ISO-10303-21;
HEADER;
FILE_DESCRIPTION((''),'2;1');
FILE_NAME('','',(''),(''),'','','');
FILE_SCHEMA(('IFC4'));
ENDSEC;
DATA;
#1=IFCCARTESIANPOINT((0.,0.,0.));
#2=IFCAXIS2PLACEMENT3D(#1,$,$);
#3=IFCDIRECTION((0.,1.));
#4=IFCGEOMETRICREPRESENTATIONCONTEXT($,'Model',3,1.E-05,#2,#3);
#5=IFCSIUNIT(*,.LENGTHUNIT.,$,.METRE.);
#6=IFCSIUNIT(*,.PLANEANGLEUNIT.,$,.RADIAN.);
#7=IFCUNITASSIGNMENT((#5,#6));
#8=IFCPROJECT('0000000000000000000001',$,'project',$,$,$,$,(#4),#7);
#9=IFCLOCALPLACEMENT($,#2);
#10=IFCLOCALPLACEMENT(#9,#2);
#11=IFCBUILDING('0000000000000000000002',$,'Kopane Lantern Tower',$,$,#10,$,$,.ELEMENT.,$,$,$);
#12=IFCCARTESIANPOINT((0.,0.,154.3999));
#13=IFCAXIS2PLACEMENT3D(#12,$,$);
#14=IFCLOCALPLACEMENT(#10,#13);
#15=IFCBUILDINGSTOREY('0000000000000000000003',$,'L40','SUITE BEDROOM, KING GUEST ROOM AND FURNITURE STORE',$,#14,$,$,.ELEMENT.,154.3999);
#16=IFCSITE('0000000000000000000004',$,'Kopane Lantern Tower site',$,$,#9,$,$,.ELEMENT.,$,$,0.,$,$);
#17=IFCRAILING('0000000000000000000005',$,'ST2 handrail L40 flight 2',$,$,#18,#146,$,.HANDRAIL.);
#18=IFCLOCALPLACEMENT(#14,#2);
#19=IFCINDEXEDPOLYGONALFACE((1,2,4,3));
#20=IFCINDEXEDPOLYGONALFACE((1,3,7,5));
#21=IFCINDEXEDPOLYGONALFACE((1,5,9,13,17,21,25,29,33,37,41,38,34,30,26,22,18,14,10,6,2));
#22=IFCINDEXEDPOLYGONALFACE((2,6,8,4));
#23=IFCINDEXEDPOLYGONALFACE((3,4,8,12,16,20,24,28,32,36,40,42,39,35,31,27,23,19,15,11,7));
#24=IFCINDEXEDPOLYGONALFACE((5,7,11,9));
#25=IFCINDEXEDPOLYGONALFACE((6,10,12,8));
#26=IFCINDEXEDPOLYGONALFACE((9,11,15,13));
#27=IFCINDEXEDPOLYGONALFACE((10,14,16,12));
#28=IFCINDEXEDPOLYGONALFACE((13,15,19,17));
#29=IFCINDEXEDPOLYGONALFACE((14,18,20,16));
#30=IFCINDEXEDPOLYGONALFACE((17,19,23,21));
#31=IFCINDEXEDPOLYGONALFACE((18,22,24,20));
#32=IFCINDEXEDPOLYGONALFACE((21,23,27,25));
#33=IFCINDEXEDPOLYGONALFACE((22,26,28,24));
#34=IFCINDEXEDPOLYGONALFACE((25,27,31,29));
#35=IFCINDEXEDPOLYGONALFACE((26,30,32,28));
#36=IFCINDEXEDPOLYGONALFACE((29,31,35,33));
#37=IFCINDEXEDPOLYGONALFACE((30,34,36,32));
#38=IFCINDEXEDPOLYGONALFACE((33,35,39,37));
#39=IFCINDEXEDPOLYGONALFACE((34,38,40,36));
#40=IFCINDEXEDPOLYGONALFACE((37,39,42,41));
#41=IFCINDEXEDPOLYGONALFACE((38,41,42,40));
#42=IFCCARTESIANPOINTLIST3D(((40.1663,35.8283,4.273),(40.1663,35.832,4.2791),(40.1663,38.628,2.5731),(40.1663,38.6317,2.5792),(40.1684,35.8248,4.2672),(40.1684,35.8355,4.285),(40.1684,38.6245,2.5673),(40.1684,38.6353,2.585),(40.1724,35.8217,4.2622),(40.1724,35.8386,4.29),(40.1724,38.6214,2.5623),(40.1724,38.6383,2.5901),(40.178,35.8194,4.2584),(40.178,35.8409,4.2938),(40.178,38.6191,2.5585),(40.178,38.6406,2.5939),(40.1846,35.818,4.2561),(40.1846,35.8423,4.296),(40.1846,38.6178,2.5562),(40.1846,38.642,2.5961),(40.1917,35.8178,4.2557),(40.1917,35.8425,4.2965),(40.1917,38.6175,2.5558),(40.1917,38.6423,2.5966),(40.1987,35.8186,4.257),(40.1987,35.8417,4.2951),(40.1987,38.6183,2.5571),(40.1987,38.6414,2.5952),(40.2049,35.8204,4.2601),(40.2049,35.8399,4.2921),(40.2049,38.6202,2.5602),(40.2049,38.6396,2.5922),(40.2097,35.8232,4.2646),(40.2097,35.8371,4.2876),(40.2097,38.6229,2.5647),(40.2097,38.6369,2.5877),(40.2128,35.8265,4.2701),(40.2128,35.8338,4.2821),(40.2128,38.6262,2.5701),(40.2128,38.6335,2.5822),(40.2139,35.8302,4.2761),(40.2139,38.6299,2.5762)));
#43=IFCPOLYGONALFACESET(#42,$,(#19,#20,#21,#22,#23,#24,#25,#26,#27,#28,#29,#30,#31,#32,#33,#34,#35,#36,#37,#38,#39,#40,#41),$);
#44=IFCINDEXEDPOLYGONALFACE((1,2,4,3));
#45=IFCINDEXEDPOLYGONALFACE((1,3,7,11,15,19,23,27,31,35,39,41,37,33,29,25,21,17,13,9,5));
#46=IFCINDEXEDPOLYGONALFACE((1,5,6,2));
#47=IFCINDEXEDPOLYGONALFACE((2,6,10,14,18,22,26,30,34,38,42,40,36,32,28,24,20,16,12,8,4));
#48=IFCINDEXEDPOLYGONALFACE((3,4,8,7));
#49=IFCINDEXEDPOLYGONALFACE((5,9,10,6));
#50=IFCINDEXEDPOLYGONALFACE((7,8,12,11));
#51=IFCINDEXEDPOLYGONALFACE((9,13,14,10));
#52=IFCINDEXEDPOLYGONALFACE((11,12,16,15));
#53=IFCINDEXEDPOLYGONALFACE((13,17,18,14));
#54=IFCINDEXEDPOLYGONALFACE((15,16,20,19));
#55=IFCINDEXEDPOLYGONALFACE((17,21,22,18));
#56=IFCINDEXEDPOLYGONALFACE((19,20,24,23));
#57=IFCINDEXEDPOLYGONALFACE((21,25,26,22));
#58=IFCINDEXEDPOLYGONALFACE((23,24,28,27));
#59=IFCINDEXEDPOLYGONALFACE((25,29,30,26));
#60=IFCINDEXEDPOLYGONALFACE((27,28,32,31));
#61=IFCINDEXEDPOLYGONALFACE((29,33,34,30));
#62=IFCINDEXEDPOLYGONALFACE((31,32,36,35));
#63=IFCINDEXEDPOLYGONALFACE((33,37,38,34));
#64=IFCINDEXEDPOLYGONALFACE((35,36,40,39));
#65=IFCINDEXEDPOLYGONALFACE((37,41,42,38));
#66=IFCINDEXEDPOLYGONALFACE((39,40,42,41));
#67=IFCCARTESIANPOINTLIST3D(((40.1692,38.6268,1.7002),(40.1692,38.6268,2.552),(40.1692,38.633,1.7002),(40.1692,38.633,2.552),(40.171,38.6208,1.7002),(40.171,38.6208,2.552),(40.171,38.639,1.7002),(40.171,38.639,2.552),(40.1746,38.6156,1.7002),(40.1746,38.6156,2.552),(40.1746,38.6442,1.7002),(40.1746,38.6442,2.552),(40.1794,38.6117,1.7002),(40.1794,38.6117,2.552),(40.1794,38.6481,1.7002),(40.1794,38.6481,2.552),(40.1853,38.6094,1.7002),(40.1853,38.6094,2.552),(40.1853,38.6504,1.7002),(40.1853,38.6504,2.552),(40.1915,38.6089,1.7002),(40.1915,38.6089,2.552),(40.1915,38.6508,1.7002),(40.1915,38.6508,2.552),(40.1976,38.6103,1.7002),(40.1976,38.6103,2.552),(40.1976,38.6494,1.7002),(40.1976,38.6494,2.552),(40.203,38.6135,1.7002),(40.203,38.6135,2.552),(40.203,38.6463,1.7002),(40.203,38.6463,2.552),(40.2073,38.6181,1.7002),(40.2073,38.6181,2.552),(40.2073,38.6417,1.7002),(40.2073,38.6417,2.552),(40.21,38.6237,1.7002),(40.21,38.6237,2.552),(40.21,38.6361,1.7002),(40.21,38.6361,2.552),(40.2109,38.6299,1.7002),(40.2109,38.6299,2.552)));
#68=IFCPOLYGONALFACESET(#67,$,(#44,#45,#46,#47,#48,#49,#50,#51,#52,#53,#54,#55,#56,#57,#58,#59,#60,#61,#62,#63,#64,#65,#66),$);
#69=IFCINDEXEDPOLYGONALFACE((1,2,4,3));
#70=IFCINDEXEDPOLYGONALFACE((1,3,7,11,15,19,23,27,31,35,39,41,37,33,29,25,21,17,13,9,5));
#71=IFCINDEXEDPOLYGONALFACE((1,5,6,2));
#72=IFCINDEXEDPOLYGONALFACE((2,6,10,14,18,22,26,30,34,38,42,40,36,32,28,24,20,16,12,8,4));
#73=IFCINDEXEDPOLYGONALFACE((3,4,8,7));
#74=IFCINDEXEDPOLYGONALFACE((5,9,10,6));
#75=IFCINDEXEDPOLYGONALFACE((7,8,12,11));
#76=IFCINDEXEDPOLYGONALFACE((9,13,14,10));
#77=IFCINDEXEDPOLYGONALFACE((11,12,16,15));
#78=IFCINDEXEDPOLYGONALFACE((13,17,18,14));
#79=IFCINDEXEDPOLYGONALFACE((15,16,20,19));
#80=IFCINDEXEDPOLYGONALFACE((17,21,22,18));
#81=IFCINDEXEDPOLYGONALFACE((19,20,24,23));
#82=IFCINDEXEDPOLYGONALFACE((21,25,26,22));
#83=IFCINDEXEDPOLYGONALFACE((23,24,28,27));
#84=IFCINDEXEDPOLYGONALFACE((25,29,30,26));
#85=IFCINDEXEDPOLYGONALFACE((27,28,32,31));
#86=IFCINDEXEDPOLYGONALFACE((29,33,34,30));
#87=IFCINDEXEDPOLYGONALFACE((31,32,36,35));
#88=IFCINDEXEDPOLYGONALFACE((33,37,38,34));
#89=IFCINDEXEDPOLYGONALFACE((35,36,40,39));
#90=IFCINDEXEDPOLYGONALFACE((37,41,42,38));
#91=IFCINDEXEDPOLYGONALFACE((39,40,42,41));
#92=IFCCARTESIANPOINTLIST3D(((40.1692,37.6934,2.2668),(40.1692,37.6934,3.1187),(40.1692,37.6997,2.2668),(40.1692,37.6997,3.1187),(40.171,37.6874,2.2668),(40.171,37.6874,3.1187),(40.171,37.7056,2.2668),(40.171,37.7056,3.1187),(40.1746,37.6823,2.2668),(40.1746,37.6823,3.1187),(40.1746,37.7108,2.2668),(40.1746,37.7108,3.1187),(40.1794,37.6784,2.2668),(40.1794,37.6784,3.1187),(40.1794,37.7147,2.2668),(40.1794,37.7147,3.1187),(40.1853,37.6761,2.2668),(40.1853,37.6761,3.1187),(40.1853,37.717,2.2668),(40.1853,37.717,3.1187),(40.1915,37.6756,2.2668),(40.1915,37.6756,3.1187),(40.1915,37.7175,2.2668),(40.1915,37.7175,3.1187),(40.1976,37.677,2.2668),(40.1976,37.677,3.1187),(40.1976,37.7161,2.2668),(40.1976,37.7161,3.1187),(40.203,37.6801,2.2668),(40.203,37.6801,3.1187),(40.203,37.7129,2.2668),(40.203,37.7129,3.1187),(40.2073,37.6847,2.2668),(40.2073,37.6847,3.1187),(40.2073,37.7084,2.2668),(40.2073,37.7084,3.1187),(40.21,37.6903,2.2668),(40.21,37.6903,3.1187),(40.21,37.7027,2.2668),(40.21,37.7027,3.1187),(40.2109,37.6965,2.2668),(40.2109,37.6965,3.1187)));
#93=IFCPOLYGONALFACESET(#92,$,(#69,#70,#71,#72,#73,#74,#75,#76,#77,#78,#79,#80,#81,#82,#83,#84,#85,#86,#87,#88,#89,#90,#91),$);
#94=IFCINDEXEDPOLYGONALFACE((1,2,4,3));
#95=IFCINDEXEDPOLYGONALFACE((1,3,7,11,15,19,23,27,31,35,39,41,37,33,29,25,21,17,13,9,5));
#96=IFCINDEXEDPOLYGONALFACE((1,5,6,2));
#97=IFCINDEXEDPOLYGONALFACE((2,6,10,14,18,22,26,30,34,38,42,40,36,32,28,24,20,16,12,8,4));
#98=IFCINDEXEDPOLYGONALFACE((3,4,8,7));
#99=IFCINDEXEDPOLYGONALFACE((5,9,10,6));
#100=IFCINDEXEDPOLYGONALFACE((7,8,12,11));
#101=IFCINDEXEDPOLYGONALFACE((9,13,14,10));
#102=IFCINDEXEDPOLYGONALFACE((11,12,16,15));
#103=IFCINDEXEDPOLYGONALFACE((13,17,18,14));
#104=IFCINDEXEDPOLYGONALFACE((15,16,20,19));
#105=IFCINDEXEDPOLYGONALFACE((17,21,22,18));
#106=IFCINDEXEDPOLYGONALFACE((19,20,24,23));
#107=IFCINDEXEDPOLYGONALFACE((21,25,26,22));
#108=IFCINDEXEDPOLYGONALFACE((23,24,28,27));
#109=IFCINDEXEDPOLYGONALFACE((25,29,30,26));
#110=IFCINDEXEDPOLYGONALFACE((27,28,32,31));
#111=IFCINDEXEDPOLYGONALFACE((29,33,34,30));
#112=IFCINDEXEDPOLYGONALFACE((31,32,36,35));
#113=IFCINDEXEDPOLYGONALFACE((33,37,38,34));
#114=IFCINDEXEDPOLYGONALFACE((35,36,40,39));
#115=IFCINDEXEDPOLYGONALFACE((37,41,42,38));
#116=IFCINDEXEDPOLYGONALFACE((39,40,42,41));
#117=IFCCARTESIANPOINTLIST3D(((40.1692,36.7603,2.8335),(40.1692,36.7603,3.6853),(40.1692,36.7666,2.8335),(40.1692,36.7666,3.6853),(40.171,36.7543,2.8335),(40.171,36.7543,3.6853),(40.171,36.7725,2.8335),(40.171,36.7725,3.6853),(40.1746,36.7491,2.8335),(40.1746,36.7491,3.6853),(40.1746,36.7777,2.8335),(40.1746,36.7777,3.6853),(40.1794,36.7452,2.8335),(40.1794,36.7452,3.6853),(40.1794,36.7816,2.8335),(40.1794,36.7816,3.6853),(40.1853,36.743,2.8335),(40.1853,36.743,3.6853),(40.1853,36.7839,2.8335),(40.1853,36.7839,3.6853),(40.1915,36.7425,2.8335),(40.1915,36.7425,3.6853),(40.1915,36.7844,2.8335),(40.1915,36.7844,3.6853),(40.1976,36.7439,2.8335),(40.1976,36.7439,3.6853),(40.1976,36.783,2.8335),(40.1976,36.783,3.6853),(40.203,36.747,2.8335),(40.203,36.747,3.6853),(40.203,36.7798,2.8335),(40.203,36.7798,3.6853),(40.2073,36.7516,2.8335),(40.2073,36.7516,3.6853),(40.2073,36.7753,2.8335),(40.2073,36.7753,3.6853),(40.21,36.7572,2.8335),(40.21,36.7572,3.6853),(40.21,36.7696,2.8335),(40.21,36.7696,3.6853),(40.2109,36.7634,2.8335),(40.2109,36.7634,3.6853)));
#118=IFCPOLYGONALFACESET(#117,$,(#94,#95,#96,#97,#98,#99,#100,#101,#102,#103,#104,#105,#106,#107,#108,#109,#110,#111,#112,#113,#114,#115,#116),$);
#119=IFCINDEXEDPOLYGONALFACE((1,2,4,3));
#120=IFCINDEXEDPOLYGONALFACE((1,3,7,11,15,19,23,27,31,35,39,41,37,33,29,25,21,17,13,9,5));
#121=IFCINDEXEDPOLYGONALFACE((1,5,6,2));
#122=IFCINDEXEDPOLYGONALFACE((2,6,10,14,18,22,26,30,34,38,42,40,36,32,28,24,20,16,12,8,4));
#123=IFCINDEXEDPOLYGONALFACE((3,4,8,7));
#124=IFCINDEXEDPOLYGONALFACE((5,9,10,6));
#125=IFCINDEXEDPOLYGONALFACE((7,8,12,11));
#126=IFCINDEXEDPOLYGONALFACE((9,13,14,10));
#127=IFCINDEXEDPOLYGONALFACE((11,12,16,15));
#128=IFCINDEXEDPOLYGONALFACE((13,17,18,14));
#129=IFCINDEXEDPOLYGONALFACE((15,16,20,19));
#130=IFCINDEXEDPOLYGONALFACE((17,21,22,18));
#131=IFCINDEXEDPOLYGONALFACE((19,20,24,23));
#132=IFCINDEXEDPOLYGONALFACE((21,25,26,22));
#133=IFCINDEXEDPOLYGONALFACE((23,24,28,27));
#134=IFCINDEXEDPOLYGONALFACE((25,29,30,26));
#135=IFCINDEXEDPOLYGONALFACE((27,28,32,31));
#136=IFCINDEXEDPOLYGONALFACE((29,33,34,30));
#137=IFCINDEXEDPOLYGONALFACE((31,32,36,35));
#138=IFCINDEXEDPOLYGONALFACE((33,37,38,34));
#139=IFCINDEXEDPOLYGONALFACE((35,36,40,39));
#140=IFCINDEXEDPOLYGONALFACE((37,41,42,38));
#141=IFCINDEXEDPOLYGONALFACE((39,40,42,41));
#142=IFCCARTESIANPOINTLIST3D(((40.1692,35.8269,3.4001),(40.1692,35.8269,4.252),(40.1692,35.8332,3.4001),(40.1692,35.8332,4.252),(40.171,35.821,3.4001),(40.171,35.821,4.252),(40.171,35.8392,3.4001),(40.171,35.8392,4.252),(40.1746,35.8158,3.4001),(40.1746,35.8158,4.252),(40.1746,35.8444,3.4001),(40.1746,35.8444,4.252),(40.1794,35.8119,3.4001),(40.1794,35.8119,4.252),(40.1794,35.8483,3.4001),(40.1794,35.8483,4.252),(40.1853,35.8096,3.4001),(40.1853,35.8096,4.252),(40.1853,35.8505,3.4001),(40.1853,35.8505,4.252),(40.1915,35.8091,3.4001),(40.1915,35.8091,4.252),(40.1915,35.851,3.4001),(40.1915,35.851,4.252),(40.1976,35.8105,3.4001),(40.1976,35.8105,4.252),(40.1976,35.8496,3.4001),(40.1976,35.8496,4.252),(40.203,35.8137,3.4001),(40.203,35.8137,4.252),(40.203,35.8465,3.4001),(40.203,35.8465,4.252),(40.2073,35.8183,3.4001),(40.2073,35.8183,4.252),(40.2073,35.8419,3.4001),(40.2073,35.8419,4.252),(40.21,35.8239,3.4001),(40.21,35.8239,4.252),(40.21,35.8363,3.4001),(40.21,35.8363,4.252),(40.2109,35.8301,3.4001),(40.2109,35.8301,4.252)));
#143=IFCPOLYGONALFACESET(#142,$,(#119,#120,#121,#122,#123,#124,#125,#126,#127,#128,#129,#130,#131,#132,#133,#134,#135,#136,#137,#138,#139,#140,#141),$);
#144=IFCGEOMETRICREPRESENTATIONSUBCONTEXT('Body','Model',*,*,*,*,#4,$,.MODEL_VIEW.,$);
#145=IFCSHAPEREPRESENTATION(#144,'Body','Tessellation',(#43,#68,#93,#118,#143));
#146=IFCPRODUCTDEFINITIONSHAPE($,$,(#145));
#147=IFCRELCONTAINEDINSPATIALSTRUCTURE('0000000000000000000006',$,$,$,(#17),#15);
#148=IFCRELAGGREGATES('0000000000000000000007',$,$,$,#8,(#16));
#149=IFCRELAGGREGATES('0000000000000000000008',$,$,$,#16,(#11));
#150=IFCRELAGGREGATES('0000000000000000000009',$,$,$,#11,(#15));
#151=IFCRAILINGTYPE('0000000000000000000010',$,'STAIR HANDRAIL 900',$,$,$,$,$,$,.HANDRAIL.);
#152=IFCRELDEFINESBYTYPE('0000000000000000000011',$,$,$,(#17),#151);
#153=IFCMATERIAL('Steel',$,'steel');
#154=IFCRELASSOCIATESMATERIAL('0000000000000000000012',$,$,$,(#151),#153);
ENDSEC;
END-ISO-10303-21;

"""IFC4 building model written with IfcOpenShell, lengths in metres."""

from ifc_helpers import new_model, si_unit, direction, frame, origin, origin_2d, place, context, subcontext, project, spatial, circle, extrude, material, type_object, element, save


model = new_model("IFC4")

# Units and contexts
model_context = context("Model", 3, precision=1e-05, world=origin(), true_north=direction((0.0, 1.0)))
body_context = subcontext(model_context, "Body", "Model", "MODEL_VIEW")
ifc_project = project(units=[si_unit("LENGTHUNIT", "METRE"), si_unit("PLANEANGLEUNIT", "RADIAN")], contexts=[model_context])

# Site, building, storey
site_placement = place(None, origin())
site = spatial("IfcSite", under=ifc_project, at=site_placement, Name="Kopane Lantern Tower site", CompositionType="ELEMENT", RefElevation=0.0)
building_placement = place(site_placement, origin())
building = spatial("IfcBuilding", under=site, at=building_placement, Name="Kopane Lantern Tower", CompositionType="ELEMENT")
storey_placement = place(building_placement, frame((0.0, 0.0, 154.3999)))
storey = spatial("IfcBuildingStorey", under=building, at=storey_placement, Name="L40", Description="SUITE BEDROOM, KING GUEST ROOM AND FURNITURE STORE", CompositionType="ELEMENT", Elevation=154.3999)

# Railing
ifc_material_1 = material(Name="Steel", Category="steel")
railing_type_1 = type_object("IfcRailingType", Name="STAIR HANDRAIL 900", PredefinedType="HANDRAIL", material=ifc_material_1)
for number, where, name in (
    (1, (40.1899, 38.6299, 1.7002), "ST2 handrail L40 flight 2"),
):
    element("IfcRailing", number, at=place(storey_placement, frame(where)), inside=storey, type_object=railing_type_1, Name=name, PredefinedType="HANDRAIL", context=body_context, shape_type="SweptSolid", body=[
        extrude(circle(Radius=0.0239, at=origin_2d()), frame((0.0, 0.0, 0.876), z_axis=(0.0, -0.854778, 0.518994), x_axis=(1.0, 0.0, 0.0)), (0.0, 0.0, 1.0), 3.2754),
        extrude(circle(Radius=0.021, at=origin_2d()), origin(), (0.0, 0.0, 1.0), 0.8518),
        extrude(circle(Radius=0.021, at=origin_2d()), frame((0.0, -0.9333, 0.5667)), (0.0, 0.0, 1.0), 0.8518),
        extrude(circle(Radius=0.021, at=origin_2d()), frame((0.0, -1.8665, 1.1333)), (0.0, 0.0, 1.0), 0.8518),
        extrude(circle(Radius=0.021, at=origin_2d()), frame((0.0, -2.7998, 1.7)), (0.0, 0.0, 1.0), 0.8518),
    ])

save(model, "model.ifc")
